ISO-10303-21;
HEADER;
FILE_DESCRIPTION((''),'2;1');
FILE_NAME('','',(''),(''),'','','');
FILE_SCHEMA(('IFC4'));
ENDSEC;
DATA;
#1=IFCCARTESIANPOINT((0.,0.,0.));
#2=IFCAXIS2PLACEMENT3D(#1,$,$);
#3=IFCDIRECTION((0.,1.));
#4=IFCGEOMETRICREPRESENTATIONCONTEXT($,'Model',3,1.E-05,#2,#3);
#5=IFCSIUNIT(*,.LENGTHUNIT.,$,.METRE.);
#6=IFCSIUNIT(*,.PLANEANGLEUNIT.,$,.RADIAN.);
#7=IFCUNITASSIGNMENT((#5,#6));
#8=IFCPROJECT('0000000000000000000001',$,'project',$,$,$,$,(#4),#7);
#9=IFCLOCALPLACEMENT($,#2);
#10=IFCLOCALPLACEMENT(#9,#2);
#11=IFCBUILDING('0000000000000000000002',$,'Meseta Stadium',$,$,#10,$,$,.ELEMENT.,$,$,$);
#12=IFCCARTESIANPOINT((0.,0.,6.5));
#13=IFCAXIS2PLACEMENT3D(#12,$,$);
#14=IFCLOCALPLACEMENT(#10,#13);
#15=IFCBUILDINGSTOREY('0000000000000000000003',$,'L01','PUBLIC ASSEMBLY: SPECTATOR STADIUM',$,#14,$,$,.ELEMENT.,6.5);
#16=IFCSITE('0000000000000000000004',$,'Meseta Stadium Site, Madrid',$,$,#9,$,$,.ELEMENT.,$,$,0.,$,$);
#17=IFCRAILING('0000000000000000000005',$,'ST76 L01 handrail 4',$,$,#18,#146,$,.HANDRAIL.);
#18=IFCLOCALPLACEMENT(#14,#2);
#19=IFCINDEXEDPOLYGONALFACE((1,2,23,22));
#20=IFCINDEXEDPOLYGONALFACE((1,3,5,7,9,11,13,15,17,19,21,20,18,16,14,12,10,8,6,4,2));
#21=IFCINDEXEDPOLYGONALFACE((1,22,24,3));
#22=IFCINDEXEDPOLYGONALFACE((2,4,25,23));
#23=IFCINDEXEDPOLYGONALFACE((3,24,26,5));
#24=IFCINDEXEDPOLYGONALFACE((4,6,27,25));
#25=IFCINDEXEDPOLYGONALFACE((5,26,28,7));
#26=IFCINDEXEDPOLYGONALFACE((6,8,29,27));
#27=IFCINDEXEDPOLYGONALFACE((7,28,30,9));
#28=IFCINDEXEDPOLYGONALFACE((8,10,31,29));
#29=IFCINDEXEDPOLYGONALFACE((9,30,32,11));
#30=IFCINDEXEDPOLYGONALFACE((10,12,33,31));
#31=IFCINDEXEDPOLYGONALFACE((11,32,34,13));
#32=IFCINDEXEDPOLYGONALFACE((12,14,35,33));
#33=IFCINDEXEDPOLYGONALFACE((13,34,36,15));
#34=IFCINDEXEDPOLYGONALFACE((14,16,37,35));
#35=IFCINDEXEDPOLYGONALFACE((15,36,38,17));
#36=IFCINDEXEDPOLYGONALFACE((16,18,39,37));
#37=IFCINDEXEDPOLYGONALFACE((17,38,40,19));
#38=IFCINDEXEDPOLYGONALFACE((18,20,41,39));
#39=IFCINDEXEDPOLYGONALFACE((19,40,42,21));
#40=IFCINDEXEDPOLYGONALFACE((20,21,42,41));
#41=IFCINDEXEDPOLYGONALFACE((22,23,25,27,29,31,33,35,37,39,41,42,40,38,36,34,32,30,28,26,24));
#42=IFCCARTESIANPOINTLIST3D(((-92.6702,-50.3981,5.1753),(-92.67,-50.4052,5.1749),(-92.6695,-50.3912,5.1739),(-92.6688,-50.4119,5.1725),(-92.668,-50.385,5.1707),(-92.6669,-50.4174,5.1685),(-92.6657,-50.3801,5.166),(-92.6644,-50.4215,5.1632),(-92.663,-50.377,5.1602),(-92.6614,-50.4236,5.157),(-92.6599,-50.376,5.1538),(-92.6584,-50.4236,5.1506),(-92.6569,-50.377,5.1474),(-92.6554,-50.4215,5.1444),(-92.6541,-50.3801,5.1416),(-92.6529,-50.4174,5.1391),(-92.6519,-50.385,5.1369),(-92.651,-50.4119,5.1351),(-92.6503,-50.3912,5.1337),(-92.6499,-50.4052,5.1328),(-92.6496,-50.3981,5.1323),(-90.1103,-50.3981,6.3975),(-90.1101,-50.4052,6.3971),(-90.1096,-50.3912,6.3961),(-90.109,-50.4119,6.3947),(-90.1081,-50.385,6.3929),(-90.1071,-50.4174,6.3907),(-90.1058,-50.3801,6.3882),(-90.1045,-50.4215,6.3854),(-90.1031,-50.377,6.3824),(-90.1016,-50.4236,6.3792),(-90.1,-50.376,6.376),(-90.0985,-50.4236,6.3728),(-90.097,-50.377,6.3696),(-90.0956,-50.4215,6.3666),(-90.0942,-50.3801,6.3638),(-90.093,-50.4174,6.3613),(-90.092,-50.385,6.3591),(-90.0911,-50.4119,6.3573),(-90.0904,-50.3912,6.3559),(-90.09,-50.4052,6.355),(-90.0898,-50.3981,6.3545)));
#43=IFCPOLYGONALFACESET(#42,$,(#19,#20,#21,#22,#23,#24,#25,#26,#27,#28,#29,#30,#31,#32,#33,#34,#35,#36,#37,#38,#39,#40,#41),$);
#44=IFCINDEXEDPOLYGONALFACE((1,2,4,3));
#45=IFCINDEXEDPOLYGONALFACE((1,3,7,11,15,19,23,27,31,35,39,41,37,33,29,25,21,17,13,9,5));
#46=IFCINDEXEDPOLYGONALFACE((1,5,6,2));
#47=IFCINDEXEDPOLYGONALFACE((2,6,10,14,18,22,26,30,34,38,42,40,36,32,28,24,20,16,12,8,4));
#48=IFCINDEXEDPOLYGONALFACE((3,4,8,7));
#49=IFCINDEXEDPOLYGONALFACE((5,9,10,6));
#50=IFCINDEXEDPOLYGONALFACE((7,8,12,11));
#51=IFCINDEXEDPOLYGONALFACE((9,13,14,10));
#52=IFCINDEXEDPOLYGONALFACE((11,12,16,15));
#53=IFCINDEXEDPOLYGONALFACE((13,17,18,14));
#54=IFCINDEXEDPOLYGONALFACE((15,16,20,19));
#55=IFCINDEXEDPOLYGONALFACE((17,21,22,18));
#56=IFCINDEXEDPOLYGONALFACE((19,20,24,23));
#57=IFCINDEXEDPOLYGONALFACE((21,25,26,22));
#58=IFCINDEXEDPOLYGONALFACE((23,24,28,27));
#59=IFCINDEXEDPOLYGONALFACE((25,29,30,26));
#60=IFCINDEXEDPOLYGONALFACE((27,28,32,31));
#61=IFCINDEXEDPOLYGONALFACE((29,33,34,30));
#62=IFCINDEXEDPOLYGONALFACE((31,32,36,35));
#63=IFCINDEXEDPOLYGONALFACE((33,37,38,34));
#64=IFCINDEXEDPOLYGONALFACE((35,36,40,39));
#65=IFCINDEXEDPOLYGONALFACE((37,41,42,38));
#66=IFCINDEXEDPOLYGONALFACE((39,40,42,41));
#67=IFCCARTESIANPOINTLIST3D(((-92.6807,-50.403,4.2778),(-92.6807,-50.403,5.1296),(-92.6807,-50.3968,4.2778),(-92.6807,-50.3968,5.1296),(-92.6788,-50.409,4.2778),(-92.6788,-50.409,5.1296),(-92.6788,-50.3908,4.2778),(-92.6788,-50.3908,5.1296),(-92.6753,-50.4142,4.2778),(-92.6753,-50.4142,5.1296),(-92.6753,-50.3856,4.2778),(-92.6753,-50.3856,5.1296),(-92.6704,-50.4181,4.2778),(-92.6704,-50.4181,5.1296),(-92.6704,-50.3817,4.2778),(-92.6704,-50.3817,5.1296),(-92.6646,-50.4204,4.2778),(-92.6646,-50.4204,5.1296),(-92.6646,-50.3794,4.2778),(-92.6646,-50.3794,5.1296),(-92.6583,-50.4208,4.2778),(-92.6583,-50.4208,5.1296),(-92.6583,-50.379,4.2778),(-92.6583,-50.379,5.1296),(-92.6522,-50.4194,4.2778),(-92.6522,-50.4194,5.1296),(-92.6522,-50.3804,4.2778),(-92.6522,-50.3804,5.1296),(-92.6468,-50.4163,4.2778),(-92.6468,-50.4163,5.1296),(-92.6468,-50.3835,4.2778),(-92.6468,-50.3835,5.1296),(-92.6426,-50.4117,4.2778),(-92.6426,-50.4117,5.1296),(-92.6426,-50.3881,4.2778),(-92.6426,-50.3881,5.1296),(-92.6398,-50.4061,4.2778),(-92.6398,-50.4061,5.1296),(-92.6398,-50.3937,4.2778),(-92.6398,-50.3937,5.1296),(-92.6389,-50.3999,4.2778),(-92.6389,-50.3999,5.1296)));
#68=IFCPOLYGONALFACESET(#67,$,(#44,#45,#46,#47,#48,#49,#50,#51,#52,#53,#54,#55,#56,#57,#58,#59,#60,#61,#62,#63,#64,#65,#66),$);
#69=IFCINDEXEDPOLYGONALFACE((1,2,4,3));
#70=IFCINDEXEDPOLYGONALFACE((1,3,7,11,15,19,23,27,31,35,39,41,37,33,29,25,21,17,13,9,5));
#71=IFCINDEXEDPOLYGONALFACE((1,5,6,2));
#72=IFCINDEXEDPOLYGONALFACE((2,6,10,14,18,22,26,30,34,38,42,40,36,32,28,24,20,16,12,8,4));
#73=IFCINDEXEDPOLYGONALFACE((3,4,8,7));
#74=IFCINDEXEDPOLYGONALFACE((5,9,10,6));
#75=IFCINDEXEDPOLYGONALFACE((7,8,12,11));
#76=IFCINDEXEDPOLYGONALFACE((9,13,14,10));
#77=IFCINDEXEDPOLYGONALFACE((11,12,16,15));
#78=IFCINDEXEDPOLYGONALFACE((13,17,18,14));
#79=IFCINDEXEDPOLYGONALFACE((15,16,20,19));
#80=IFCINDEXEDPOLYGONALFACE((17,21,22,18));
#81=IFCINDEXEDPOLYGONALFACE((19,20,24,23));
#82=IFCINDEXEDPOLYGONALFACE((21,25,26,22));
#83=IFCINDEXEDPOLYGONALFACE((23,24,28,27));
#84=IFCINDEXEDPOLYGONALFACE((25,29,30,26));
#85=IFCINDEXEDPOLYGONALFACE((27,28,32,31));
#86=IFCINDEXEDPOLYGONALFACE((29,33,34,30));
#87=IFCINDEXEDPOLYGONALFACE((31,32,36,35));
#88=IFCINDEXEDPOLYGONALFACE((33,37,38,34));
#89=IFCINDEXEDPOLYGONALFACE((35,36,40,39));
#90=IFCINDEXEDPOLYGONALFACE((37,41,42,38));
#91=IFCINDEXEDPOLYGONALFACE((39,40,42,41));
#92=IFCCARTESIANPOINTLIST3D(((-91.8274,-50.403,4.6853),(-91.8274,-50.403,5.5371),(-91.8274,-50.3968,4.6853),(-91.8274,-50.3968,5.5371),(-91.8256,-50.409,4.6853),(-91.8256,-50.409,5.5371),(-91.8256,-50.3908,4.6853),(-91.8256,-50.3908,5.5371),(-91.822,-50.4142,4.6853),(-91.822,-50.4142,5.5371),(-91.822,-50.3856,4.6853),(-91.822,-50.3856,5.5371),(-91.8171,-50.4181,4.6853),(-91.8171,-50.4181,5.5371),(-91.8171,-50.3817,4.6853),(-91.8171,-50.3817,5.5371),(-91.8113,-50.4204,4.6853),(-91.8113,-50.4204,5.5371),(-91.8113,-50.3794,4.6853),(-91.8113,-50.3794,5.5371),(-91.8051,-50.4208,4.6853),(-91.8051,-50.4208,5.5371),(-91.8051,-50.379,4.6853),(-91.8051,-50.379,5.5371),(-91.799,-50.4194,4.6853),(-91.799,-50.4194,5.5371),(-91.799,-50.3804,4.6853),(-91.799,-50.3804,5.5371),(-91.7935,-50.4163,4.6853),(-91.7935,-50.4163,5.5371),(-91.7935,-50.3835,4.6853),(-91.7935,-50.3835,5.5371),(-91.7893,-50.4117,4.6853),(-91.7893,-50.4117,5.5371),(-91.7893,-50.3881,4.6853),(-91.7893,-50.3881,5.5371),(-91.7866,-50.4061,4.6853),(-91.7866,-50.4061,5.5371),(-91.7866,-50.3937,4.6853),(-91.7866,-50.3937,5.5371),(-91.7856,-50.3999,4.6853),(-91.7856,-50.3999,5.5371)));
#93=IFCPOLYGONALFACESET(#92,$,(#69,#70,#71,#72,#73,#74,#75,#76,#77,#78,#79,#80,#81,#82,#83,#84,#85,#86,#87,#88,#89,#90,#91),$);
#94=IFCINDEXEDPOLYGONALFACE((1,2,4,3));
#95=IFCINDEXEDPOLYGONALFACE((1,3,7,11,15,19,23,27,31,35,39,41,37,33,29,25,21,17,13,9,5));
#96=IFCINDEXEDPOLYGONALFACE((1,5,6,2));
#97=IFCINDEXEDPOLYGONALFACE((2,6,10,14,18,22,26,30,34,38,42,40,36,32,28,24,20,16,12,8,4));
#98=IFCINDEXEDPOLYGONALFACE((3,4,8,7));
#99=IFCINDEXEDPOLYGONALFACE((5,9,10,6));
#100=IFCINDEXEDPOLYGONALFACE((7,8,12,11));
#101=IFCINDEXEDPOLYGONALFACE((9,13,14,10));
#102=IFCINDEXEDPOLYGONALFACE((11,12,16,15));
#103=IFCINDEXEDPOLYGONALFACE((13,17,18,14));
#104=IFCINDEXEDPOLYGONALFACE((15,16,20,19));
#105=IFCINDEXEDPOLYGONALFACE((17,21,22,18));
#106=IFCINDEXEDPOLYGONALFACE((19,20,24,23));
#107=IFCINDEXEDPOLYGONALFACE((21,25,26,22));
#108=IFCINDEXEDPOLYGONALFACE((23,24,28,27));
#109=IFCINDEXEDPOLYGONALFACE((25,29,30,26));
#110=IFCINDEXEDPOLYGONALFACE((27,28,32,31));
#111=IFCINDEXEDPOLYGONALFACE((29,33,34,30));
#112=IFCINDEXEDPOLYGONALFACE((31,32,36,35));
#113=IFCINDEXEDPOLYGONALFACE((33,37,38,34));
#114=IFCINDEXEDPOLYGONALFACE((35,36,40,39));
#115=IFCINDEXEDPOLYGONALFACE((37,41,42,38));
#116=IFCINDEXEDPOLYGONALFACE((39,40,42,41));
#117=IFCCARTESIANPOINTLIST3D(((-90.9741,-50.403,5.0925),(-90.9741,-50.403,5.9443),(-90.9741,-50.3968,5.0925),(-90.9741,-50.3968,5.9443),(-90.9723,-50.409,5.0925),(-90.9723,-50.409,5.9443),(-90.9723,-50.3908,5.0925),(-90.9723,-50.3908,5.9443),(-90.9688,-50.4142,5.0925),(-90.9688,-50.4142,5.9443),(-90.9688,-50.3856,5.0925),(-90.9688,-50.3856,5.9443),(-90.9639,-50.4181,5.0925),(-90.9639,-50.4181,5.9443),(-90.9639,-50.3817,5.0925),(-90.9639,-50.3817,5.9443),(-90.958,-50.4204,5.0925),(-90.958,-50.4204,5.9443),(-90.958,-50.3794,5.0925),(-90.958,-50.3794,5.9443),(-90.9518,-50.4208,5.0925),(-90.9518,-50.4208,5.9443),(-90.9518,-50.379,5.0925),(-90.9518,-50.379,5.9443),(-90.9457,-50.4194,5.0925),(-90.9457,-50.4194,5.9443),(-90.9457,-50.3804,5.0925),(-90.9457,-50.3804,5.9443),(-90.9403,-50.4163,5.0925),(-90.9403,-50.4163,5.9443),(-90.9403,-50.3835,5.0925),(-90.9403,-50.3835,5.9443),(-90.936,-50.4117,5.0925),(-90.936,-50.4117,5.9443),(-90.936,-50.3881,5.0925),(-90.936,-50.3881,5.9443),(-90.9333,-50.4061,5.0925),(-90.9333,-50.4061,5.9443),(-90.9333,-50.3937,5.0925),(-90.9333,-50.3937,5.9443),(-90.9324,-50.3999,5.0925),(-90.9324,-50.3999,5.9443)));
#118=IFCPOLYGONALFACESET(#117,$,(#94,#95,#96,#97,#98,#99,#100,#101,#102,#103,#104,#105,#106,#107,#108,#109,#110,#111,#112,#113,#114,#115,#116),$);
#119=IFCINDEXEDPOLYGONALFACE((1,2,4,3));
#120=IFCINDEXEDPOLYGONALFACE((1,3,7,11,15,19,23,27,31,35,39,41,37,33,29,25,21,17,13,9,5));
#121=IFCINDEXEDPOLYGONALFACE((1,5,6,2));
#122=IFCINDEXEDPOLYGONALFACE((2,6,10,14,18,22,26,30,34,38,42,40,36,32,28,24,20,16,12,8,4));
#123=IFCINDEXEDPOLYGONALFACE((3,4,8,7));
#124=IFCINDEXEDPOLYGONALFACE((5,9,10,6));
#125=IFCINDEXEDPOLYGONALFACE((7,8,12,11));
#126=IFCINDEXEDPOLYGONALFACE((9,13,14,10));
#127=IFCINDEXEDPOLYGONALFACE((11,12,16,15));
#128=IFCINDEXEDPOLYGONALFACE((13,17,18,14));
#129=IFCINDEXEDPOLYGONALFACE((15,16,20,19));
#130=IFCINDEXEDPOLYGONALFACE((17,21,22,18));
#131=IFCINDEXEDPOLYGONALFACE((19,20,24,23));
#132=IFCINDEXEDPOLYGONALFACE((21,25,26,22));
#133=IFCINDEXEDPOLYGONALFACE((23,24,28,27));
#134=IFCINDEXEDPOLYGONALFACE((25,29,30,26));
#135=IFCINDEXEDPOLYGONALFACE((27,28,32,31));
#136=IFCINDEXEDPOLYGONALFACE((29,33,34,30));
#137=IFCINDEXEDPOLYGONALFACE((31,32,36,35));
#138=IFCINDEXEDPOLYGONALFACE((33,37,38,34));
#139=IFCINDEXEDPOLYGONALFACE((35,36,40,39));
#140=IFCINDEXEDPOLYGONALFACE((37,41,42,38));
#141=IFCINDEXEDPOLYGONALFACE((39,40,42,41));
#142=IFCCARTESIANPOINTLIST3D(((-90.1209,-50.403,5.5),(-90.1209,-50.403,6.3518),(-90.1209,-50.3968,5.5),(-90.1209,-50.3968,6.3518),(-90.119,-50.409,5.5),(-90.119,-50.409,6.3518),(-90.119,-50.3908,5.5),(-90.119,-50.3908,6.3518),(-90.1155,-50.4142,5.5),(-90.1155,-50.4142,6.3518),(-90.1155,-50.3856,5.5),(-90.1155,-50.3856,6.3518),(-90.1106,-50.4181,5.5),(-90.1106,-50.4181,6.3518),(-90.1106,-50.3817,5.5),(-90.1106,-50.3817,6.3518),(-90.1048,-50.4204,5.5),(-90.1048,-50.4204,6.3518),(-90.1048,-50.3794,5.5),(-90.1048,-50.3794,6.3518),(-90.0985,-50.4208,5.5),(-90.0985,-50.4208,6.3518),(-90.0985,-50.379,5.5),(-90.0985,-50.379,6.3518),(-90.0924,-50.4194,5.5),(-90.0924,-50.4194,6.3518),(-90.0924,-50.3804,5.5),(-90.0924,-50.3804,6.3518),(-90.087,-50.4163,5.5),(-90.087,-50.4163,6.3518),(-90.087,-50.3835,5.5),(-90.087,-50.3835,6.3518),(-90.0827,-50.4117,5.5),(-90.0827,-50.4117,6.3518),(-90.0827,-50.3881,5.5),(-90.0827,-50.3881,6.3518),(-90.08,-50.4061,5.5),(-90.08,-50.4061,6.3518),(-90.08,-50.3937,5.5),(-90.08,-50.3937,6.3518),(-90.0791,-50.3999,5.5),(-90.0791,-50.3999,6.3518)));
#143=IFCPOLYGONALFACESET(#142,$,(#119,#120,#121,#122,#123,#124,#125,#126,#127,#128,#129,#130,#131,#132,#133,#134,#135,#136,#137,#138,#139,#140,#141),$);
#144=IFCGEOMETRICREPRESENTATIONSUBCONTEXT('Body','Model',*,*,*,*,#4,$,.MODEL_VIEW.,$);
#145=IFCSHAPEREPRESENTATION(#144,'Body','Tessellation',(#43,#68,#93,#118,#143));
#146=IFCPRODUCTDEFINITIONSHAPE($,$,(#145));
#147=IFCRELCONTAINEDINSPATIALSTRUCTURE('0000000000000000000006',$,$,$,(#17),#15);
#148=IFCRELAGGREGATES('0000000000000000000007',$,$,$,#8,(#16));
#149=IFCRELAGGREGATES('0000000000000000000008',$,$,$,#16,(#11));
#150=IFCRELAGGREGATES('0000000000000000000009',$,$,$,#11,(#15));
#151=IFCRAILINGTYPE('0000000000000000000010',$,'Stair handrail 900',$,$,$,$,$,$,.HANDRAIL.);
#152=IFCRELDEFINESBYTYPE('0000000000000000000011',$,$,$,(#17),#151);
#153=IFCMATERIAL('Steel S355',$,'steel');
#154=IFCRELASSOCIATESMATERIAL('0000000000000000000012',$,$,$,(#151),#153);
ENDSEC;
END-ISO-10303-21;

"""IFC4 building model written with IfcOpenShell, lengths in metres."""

from ifc_helpers import new_model, si_unit, direction, frame, origin, origin_2d, place, context, subcontext, project, spatial, circle, extrude, material, type_object, element, save


model = new_model("IFC4")

# Units and contexts
model_context = context("Model", 3, precision=1e-05, world=origin(), true_north=direction((0.0, 1.0)))
body_context = subcontext(model_context, "Body", "Model", "MODEL_VIEW")
ifc_project = project(units=[si_unit("LENGTHUNIT", "METRE"), si_unit("PLANEANGLEUNIT", "RADIAN")], contexts=[model_context])

# Site, building, storey
site_placement = place(None, origin())
site = spatial("IfcSite", under=ifc_project, at=site_placement, Name="Meseta Stadium Site, Madrid", CompositionType="ELEMENT", RefElevation=0.0)
building_placement = place(site_placement, origin())
building = spatial("IfcBuilding", under=site, at=building_placement, Name="Meseta Stadium", CompositionType="ELEMENT")
storey_placement = place(building_placement, frame((0.0, 0.0, 6.5)))
storey = spatial("IfcBuildingStorey", under=building, at=storey_placement, Name="L01", Description="PUBLIC ASSEMBLY: SPECTATOR STADIUM", CompositionType="ELEMENT", Elevation=6.5)

# Railing
ifc_material_1 = material(Name="Steel S355", Category="steel")
railing_type_1 = type_object("IfcRailingType", Name="Stair handrail 900", PredefinedType="HANDRAIL", material=ifc_material_1)
for number, where, name in (
    (1, (-92.6599, -50.3999, 4.2778), "ST76 L01 handrail 4"),
):
    element("IfcRailing", number, at=place(storey_placement, frame(where)), inside=storey, type_object=railing_type_1, Name=name, PredefinedType="HANDRAIL", context=body_context, shape_type="SweptSolid", body=[
        extrude(circle(Radius=0.0239, at=origin_2d()), frame((0.0, 0.0, 0.876), z_axis=(0.902421, 0.0, 0.430855), x_axis=(0.0, 1.0, 0.0)), (0.0, 0.0, 1.0), 2.8367),
        extrude(circle(Radius=0.021, at=origin_2d()), origin(), (0.0, 0.0, 1.0), 0.8518),
        extrude(circle(Radius=0.021, at=origin_2d()), frame((0.8533, 0.0, 0.4075)), (0.0, 0.0, 1.0), 0.8518),
        extrude(circle(Radius=0.021, at=origin_2d()), frame((1.7065, 0.0, 0.8147)), (0.0, 0.0, 1.0), 0.8518),
        extrude(circle(Radius=0.021, at=origin_2d()), frame((2.5598, 0.0, 1.2222)), (0.0, 0.0, 1.0), 0.8518),
    ])

save(model, "model.ifc")
